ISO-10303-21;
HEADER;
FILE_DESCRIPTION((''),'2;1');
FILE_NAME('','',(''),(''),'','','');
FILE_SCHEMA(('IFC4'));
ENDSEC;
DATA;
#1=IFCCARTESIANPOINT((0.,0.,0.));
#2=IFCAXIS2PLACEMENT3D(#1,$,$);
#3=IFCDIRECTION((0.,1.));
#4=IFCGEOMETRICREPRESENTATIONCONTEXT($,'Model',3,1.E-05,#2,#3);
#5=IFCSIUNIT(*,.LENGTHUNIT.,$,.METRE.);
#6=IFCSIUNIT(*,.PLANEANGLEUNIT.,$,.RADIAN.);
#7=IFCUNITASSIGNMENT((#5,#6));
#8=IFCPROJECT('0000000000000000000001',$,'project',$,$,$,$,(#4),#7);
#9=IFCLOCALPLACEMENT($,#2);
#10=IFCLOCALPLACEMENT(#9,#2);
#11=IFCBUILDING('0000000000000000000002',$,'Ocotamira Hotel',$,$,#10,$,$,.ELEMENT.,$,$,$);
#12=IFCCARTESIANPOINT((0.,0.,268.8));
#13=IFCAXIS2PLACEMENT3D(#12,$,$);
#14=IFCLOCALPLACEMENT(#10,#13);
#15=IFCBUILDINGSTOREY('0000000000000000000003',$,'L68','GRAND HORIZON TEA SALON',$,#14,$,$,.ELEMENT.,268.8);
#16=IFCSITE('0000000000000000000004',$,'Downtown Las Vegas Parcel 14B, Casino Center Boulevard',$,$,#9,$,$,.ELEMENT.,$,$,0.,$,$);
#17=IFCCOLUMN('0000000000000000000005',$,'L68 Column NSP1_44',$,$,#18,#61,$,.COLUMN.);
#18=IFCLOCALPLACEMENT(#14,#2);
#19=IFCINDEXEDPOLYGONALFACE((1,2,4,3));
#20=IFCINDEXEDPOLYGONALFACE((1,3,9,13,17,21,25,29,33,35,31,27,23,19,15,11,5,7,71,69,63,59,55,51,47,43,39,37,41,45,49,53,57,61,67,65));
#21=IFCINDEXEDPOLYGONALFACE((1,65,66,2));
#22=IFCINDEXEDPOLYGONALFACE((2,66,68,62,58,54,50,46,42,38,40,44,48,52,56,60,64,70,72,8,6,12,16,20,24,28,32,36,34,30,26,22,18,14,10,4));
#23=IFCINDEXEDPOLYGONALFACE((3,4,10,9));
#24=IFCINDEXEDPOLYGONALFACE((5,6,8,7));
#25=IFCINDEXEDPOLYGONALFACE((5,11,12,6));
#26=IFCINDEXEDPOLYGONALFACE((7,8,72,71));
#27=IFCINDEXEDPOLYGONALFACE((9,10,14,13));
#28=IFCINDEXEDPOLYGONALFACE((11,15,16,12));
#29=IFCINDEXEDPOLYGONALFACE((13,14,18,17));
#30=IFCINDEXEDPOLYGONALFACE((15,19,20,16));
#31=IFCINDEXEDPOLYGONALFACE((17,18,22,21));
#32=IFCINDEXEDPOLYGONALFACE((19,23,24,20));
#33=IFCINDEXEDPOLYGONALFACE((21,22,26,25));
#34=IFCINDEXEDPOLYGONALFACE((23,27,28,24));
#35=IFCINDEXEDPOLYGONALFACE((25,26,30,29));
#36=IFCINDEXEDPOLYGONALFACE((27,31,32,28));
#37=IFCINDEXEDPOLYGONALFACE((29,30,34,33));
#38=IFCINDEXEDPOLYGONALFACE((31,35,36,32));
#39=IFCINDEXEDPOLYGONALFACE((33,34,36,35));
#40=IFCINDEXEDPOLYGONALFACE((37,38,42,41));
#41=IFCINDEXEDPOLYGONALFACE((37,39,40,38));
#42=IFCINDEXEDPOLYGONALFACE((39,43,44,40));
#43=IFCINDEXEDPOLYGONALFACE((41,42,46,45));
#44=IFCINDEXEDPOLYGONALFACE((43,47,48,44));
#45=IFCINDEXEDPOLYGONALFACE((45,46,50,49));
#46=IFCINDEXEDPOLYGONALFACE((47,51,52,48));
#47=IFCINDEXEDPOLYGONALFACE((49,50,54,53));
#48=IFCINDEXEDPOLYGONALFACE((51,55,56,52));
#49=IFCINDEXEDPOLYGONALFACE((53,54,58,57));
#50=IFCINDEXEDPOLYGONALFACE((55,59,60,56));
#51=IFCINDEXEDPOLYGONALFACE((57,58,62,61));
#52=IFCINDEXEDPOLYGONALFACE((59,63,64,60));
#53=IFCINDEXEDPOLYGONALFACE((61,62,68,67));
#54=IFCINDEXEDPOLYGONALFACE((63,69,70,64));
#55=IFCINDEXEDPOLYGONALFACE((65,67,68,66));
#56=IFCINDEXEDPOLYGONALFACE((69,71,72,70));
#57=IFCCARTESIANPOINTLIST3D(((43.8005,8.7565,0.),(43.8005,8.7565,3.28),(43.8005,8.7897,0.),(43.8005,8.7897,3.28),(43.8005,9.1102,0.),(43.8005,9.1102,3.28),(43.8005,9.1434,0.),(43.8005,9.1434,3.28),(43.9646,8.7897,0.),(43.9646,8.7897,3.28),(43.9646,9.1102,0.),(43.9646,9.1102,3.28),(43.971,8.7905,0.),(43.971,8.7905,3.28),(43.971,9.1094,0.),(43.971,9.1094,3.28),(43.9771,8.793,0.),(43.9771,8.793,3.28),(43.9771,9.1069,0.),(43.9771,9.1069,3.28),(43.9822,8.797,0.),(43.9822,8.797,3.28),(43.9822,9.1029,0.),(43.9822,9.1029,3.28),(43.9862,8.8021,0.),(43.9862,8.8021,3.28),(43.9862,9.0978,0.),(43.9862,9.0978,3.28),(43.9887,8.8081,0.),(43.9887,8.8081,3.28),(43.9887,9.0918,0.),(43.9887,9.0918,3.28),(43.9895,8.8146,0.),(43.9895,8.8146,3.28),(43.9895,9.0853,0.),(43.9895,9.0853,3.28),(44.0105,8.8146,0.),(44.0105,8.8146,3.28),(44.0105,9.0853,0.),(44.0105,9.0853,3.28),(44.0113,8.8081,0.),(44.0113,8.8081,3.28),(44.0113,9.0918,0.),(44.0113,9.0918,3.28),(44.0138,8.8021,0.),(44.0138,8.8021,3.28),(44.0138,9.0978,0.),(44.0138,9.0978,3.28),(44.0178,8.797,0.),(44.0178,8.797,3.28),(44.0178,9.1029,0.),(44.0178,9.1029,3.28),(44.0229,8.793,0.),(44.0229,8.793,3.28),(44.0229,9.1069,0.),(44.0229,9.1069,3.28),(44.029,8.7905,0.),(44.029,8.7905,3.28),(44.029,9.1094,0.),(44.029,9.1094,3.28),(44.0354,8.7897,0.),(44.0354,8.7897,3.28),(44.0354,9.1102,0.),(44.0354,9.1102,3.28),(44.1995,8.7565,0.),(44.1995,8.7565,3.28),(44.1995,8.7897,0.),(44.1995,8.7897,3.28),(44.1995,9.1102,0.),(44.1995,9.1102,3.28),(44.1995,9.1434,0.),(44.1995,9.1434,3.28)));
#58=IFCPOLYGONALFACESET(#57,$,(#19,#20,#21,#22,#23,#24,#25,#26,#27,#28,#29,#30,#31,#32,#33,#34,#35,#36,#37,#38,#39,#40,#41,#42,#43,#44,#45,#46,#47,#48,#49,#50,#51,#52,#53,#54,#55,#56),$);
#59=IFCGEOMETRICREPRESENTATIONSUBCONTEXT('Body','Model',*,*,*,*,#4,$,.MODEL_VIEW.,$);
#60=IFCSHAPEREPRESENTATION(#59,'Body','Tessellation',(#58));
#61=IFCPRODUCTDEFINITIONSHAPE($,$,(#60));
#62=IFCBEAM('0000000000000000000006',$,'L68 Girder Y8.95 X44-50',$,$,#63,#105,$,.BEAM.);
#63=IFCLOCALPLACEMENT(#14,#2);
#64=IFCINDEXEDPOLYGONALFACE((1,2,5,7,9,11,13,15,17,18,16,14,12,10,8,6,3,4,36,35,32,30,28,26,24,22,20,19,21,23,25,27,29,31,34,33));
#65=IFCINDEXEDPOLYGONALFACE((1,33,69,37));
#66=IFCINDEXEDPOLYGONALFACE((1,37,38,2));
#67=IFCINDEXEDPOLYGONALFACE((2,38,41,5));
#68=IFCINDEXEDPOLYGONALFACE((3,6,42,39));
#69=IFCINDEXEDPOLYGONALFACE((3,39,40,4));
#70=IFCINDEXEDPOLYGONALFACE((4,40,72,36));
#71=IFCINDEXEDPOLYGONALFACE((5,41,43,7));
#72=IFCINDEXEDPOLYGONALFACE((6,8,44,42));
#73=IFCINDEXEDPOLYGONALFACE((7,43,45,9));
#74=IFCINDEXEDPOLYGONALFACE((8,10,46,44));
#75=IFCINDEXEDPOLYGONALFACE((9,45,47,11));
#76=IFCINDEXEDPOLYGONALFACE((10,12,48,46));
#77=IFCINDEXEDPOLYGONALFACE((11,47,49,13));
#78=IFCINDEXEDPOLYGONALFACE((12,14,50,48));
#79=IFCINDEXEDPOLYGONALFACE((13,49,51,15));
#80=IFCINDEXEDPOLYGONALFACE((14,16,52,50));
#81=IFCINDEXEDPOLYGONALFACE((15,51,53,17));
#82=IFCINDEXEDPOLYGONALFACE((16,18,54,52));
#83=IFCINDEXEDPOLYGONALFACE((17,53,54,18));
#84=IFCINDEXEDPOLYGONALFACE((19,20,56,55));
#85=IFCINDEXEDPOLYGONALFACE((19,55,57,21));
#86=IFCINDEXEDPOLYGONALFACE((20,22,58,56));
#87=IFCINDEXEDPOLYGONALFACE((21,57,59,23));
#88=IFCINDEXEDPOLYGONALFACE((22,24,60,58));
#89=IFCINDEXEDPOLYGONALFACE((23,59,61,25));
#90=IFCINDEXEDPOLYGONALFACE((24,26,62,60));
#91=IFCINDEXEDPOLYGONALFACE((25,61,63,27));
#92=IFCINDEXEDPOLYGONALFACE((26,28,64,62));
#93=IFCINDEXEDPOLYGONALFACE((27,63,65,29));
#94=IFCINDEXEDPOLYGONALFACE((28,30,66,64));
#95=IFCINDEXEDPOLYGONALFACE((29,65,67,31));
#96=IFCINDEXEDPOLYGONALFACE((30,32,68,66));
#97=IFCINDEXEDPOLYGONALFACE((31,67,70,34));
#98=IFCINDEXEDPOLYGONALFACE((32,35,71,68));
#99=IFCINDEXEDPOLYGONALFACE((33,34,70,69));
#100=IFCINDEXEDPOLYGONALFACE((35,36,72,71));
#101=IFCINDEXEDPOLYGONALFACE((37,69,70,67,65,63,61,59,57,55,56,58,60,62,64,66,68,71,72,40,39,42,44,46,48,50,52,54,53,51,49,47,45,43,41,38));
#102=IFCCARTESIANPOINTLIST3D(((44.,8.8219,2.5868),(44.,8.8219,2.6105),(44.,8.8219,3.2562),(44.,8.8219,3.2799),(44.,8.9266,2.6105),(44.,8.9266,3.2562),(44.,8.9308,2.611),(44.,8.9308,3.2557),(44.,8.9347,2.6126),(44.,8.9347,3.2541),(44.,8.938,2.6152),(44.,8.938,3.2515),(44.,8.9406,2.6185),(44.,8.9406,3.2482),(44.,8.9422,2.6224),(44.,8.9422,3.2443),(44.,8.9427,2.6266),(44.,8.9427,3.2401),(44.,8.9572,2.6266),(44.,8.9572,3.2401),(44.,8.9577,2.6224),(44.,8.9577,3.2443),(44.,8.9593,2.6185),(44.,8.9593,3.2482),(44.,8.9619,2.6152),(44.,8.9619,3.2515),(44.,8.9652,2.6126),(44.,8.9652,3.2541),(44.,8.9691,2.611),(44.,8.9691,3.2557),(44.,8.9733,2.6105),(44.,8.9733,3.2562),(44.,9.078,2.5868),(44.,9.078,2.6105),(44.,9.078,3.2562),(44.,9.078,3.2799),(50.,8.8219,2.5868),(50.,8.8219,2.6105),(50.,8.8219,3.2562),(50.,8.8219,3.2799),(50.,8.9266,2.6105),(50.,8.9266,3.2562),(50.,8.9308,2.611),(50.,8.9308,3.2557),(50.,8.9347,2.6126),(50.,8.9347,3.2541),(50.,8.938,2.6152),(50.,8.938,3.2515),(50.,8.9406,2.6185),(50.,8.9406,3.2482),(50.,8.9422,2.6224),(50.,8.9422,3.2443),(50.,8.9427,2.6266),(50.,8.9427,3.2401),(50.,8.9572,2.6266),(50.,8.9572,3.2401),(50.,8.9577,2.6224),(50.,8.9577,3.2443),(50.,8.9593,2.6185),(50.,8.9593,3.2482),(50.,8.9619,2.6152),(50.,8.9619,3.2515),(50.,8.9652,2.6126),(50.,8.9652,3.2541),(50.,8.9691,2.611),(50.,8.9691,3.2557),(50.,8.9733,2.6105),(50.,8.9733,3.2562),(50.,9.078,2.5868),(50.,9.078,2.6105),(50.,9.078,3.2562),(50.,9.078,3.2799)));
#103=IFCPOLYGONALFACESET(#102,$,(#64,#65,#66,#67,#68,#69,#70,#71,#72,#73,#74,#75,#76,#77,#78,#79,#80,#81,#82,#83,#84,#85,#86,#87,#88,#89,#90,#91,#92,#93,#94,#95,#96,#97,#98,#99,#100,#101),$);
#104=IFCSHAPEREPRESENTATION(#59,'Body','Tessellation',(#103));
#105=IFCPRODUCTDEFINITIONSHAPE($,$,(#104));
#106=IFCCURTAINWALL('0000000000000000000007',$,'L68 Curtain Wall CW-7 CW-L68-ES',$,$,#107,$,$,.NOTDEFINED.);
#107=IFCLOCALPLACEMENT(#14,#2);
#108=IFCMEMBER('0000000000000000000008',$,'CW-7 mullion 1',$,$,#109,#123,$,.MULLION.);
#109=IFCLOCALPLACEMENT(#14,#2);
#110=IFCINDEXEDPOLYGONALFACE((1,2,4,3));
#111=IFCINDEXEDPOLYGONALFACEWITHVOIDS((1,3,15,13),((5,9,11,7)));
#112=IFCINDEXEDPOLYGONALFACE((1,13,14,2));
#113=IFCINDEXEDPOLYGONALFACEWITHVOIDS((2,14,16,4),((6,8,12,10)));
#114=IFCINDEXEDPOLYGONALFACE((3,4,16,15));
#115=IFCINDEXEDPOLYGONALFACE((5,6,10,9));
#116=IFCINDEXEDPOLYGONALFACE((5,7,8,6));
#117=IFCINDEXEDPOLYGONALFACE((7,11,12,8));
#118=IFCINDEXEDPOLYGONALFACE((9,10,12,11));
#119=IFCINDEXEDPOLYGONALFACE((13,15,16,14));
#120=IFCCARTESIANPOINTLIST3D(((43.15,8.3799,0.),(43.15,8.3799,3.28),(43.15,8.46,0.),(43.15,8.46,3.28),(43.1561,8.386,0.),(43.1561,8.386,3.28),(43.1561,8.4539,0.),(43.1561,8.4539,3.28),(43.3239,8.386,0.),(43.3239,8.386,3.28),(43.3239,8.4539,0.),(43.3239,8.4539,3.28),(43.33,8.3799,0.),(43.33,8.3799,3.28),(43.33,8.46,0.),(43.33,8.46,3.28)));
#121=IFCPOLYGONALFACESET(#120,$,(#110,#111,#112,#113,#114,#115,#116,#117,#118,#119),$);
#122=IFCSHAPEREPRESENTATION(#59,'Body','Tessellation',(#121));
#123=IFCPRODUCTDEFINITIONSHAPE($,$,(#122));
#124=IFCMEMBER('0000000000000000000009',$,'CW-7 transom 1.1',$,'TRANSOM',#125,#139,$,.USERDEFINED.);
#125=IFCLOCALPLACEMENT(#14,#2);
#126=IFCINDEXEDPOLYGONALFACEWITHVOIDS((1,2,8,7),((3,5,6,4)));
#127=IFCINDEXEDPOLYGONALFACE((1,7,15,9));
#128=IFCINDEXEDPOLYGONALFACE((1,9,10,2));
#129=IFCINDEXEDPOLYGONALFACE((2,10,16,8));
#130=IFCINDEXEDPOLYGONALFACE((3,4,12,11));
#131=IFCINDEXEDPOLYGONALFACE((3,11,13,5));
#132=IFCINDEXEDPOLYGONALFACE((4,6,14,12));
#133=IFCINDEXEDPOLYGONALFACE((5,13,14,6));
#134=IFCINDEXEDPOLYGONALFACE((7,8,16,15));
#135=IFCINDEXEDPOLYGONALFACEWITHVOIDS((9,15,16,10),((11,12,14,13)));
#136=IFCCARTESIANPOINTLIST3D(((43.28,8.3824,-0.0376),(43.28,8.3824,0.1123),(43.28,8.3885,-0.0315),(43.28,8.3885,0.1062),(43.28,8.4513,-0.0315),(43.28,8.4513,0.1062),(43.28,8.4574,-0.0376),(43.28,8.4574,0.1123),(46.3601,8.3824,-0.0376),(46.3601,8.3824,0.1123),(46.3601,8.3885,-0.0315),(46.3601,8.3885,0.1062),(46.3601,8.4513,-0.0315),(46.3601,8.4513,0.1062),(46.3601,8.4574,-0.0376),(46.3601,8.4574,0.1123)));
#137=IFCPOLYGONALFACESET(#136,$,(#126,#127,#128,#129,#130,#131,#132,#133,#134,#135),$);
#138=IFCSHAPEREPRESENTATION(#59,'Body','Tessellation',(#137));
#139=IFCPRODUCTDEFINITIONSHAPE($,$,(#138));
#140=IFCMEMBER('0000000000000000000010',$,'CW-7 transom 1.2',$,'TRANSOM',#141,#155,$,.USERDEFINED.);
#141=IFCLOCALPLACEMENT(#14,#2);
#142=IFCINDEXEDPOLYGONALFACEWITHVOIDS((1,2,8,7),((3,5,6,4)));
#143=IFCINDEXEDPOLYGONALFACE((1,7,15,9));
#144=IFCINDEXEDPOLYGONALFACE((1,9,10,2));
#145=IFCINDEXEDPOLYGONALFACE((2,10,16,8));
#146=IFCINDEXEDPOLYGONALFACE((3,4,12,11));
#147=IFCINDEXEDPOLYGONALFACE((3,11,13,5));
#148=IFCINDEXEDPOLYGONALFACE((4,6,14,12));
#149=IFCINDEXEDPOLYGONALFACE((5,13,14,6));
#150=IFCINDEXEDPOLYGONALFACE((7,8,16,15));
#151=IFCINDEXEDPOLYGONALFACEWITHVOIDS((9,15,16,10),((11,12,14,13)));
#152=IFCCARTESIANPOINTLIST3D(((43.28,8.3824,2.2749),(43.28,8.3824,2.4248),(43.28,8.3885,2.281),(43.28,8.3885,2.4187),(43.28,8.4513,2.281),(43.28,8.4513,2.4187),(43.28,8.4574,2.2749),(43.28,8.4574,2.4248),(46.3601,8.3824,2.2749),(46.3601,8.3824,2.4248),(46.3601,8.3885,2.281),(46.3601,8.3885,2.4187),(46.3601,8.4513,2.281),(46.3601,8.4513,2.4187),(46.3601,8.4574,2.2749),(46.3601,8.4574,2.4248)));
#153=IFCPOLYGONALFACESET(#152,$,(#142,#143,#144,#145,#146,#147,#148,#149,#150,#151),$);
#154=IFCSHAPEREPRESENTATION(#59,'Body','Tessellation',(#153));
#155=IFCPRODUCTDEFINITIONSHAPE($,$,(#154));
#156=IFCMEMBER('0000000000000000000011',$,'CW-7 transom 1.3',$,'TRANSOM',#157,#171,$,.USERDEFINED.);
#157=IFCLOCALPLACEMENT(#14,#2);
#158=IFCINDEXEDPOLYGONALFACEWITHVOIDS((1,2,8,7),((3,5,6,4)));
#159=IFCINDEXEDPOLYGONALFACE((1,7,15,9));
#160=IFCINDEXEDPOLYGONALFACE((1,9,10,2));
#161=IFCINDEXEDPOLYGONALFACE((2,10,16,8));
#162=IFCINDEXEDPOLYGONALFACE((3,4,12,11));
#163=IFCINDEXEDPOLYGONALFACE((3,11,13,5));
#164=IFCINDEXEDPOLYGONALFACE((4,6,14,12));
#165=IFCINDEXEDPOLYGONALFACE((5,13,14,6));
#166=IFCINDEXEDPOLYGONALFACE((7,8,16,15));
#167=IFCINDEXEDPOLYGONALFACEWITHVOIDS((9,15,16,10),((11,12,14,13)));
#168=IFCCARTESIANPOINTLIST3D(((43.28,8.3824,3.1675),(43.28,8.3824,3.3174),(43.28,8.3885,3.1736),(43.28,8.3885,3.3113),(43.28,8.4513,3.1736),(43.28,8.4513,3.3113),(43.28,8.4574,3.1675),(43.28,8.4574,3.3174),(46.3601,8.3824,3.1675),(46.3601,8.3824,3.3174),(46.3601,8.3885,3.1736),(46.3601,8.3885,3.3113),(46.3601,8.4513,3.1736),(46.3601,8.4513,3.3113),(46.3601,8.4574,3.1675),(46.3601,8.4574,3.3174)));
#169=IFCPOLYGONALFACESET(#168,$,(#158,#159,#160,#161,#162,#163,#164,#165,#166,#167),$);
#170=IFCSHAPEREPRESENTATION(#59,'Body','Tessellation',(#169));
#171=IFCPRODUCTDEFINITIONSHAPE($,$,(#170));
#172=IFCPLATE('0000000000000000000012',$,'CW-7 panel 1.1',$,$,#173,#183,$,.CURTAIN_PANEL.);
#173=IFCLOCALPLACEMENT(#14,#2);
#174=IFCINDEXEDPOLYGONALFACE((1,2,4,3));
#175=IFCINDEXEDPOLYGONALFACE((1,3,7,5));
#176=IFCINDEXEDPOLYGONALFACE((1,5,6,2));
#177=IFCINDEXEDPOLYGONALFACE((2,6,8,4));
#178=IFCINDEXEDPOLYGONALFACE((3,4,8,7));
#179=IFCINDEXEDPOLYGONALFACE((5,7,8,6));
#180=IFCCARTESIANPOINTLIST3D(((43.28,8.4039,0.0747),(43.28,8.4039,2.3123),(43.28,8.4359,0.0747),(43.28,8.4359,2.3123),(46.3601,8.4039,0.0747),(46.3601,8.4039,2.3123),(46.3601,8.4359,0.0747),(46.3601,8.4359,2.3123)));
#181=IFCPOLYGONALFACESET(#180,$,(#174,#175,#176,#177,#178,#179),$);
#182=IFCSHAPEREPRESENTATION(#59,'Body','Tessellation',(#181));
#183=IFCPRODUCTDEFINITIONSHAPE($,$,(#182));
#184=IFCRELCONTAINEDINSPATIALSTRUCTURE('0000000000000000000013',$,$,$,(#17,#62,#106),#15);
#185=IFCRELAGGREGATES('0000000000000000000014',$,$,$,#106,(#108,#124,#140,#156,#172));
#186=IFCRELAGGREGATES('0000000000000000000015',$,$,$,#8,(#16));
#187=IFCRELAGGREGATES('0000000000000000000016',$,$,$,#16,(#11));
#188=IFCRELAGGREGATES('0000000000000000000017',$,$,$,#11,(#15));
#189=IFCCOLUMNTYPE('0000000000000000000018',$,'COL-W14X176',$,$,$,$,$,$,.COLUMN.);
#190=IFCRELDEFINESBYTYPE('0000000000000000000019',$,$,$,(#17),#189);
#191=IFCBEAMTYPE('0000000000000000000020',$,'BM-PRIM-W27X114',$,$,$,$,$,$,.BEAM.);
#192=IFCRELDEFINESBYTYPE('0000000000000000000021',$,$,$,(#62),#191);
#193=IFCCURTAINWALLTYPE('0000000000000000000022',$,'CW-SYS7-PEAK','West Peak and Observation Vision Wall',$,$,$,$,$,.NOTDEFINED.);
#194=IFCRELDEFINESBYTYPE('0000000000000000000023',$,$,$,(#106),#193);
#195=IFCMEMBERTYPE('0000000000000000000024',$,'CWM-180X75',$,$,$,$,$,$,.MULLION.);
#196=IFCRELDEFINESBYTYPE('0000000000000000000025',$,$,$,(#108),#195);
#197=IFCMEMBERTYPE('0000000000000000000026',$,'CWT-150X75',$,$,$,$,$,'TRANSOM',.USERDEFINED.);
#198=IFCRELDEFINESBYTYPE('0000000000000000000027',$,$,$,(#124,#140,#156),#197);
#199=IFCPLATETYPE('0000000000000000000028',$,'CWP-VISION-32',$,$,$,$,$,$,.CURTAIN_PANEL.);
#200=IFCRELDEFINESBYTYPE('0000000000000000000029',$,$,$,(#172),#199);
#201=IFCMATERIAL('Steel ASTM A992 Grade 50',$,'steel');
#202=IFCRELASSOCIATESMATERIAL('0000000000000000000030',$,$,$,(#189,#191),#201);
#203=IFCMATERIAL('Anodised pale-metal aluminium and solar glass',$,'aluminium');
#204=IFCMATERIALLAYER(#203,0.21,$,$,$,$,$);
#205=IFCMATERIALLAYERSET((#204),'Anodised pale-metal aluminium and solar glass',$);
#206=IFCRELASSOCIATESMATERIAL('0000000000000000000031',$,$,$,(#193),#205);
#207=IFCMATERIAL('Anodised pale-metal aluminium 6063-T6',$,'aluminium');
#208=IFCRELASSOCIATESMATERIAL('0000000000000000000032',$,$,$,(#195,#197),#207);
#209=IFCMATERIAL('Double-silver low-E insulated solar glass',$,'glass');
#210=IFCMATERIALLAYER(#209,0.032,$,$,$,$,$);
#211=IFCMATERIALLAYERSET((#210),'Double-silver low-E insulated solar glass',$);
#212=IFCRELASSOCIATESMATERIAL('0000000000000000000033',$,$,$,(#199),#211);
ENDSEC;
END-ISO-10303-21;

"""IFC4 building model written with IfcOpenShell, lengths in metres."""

from ifc_helpers import new_model, si_unit, direction, frame, origin, origin_2d, place, context, subcontext, project, spatial, rectangle, hollow_rectangle, i_section, extrude, source, transform, mapped, material, layer, layer_set, material_profile, profile_set, type_object, element, aggregate, save


model = new_model("IFC4")

# Units and contexts
model_context = context("Model", 3, precision=1e-05, world=origin(), true_north=direction((0.0, 1.0)))
body_context = subcontext(model_context, "Body", "Model", "MODEL_VIEW")
ifc_project = project(units=[si_unit("LENGTHUNIT", "METRE"), si_unit("PLANEANGLEUNIT", "RADIAN")], contexts=[model_context])

# Site, building, storey
site_placement = place(None, origin())
site = spatial("IfcSite", under=ifc_project, at=site_placement, Name="Downtown Las Vegas Parcel 14B, Casino Center Boulevard", CompositionType="ELEMENT", RefElevation=0.0)
building_placement = place(site_placement, origin())
building = spatial("IfcBuilding", under=site, at=building_placement, Name="Ocotamira Hotel", CompositionType="ELEMENT")
storey_placement = place(building_placement, frame((0.0, 0.0, 268.8)))
storey = spatial("IfcBuildingStorey", under=building, at=storey_placement, Name="L68", Description="GRAND HORIZON TEA SALON", CompositionType="ELEMENT", Elevation=268.8)

# Column
ifc_material_1 = material(Name="Steel ASTM A992 Grade 50", Category="steel")
ifc_material_profile_1 = material_profile(ifc_material_1, i_section(OverallWidth=0.3989, OverallDepth=0.387, WebThickness=0.021, FlangeThickness=0.0332, FilletRadius=0.0249, at=origin_2d()), Name="W14X176")
ifc_profile_set_1 = profile_set([ifc_material_profile_1], Name="Steel ASTM A992 Grade 50")
column_type = type_object("IfcColumnType", Name="COL-W14X176", PredefinedType="COLUMN", material=ifc_profile_set_1)
shared_shape_1 = source(origin(), body_context, "Body", "SweptSolid", [
    extrude(i_section(OverallWidth=0.3989, OverallDepth=0.387, WebThickness=0.021, FlangeThickness=0.0332, FilletRadius=0.0249, at=origin_2d()), origin(), (0.0, 0.0, 1.0), 3.28),
])
column_placement = place(storey_placement, frame((44.0, 8.95, 0.0), z_axis=(0.0, 0.0, 1.0), x_axis=(1.0, 0.0, 0.0)))
element("IfcColumn", 1, at=column_placement, inside=storey, type_object=column_type, Name="L68 Column NSP1_44", PredefinedType="COLUMN", context=body_context, shape_type="MappedRepresentation", body=[
    mapped(shared_shape_1, transform((0.0, 0.0, 0.0), scale=1.0)),
])

# Beam
ifc_material_profile_2 = material_profile(ifc_material_1, i_section(OverallWidth=0.2561, OverallDepth=0.6931, WebThickness=0.0144, FlangeThickness=0.0237, FilletRadius=0.0161, at=origin_2d()), Name="W27X114")
ifc_profile_set_2 = profile_set([ifc_material_profile_2], Name="Steel ASTM A992 Grade 50")
beam_type = type_object("IfcBeamType", Name="BM-PRIM-W27X114", PredefinedType="BEAM", material=ifc_profile_set_2)
shared_shape_2 = source(origin(), body_context, "Body", "SweptSolid", [
    extrude(i_section(OverallWidth=0.2561, OverallDepth=0.6931, WebThickness=0.0144, FlangeThickness=0.0237, FilletRadius=0.0161, at=origin_2d()), origin(), (0.0, 0.0, 1.0), 6.0),
])
beam_placement = place(storey_placement, frame((44.0, 8.95, 2.9333), z_axis=(1.0, 0.0, 0.0), x_axis=(0.0, 1.0, 0.0)))
element("IfcBeam", 2, at=beam_placement, inside=storey, type_object=beam_type, Name="L68 Girder Y8.95 X44-50", PredefinedType="BEAM", context=body_context, shape_type="MappedRepresentation", body=[
    mapped(shared_shape_2, transform((0.0, 0.0, 0.0), scale=1.0)),
])

# Curtain wall, members, plate
ifc_material_2 = material(Name="Anodised pale-metal aluminium and solar glass", Category="aluminium")
ifc_layer_1 = layer(ifc_material_2, 0.21)
ifc_layer_set_1 = layer_set([ifc_layer_1], Name="Anodised pale-metal aluminium and solar glass")
curtain_wall_type = type_object("IfcCurtainWallType", Name="CW-SYS7-PEAK", Description="West Peak and Observation Vision Wall", PredefinedType="NOTDEFINED", material=ifc_layer_set_1)
curtain_wall_placement = place(storey_placement, origin())
curtain_wall = element("IfcCurtainWall", 3, at=curtain_wall_placement, inside=storey, type_object=curtain_wall_type, Name="L68 Curtain Wall CW-7 CW-L68-ES", PredefinedType="NOTDEFINED")
ifc_material_3 = material(Name="Anodised pale-metal aluminium 6063-T6", Category="aluminium")
ifc_material_profile_3 = material_profile(ifc_material_3, hollow_rectangle(XDim=0.0801, YDim=0.1799, WallThickness=0.0061, at=origin_2d()), Name="HSS180X80X6")
ifc_profile_set_3 = profile_set([ifc_material_profile_3], Name="Anodised pale-metal aluminium 6063-T6")
member_type_1 = type_object("IfcMemberType", Name="CWM-180X75", PredefinedType="MULLION", material=ifc_profile_set_3)
shared_shape_3 = source(origin(), body_context, "Body", "SweptSolid", [
    extrude(hollow_rectangle(XDim=0.0801, YDim=0.1799, WallThickness=0.0061, at=origin_2d()), origin(), (0.0, 0.0, 1.0), 3.28),
])
member_1_placement = place(storey_placement, frame((43.24, 8.4199, 0.0), z_axis=(0.0, 0.0, 1.0), x_axis=(0.0, 1.0, 0.0)))
member_1 = element("IfcMember", 4, at=member_1_placement, type_object=member_type_1, Name="CW-7 mullion 1", PredefinedType="MULLION", context=body_context, shape_type="MappedRepresentation", body=[
    mapped(shared_shape_3, transform((0.0, 0.0, 0.0), scale=1.0)),
])
ifc_material_profile_4 = material_profile(ifc_material_3, hollow_rectangle(XDim=0.075, YDim=0.1499, WallThickness=0.0061, at=origin_2d()), Name="HSS150X75X6")
ifc_profile_set_4 = profile_set([ifc_material_profile_4], Name="Anodised pale-metal aluminium 6063-T6")
member_type_2 = type_object("IfcMemberType", Name="CWT-150X75", ElementType="TRANSOM", PredefinedType="USERDEFINED", material=ifc_profile_set_4)
shared_shape_4 = source(origin(), body_context, "Body", "SweptSolid", [
    extrude(hollow_rectangle(XDim=0.075, YDim=0.1499, WallThickness=0.0061, at=origin_2d()), origin(), (0.0, 0.0, 1.0), 3.0801),
])
member_2_placement = place(storey_placement, frame((43.28, 8.4199, 0.0374), z_axis=(1.0, 0.0, 0.0), x_axis=(0.0, 1.0, 0.0)))
member_2 = element("IfcMember", 5, at=member_2_placement, type_object=member_type_2, Name="CW-7 transom 1.1", ObjectType="TRANSOM", PredefinedType="USERDEFINED", context=body_context, shape_type="MappedRepresentation", body=[
    mapped(shared_shape_4, transform((0.0, 0.0, 0.0), scale=1.0)),
])
member_3_placement = place(storey_placement, frame((43.28, 8.4199, 2.3499), z_axis=(1.0, 0.0, 0.0), x_axis=(0.0, 1.0, 0.0)))
member_3 = element("IfcMember", 6, at=member_3_placement, type_object=member_type_2, Name="CW-7 transom 1.2", ObjectType="TRANSOM", PredefinedType="USERDEFINED", context=body_context, shape_type="MappedRepresentation", body=[
    mapped(shared_shape_4, transform((0.0, 0.0, 0.0), scale=1.0)),
])
member_4_placement = place(storey_placement, frame((43.28, 8.4199, 3.2424), z_axis=(1.0, 0.0, 0.0), x_axis=(0.0, 1.0, 0.0)))
member_4 = element("IfcMember", 7, at=member_4_placement, type_object=member_type_2, Name="CW-7 transom 1.3", ObjectType="TRANSOM", PredefinedType="USERDEFINED", context=body_context, shape_type="MappedRepresentation", body=[
    mapped(shared_shape_4, transform((0.0, 0.0, 0.0), scale=1.0)),
])
ifc_material_4 = material(Name="Double-silver low-E insulated solar glass", Category="glass")
ifc_layer_2 = layer(ifc_material_4, 0.032)
ifc_layer_set_2 = layer_set([ifc_layer_2], Name="Double-silver low-E insulated solar glass")
plate_type = type_object("IfcPlateType", Name="CWP-VISION-32", PredefinedType="CURTAIN_PANEL", material=ifc_layer_set_2)
shared_shape_5 = source(origin(), body_context, "Body", "SweptSolid", [
    extrude(rectangle(XDim=3.0801, YDim=0.032, at=origin_2d()), origin(), (0.0, 0.0, 1.0), 2.2375),
])
plate_1_placement = place(storey_placement, frame((44.8201, 8.4199, 0.0747), z_axis=(0.0, 0.0, 1.0), x_axis=(1.0, 0.0, 0.0)))
plate_1 = element("IfcPlate", 8, at=plate_1_placement, type_object=plate_type, Name="CW-7 panel 1.1", PredefinedType="CURTAIN_PANEL", context=body_context, shape_type="MappedRepresentation", body=[
    mapped(shared_shape_5, transform((0.0, 0.0, 0.0), scale=1.0)),
])
aggregate(curtain_wall, [member_1, member_2, member_3, member_4, plate_1])

save(model, "model.ifc")
